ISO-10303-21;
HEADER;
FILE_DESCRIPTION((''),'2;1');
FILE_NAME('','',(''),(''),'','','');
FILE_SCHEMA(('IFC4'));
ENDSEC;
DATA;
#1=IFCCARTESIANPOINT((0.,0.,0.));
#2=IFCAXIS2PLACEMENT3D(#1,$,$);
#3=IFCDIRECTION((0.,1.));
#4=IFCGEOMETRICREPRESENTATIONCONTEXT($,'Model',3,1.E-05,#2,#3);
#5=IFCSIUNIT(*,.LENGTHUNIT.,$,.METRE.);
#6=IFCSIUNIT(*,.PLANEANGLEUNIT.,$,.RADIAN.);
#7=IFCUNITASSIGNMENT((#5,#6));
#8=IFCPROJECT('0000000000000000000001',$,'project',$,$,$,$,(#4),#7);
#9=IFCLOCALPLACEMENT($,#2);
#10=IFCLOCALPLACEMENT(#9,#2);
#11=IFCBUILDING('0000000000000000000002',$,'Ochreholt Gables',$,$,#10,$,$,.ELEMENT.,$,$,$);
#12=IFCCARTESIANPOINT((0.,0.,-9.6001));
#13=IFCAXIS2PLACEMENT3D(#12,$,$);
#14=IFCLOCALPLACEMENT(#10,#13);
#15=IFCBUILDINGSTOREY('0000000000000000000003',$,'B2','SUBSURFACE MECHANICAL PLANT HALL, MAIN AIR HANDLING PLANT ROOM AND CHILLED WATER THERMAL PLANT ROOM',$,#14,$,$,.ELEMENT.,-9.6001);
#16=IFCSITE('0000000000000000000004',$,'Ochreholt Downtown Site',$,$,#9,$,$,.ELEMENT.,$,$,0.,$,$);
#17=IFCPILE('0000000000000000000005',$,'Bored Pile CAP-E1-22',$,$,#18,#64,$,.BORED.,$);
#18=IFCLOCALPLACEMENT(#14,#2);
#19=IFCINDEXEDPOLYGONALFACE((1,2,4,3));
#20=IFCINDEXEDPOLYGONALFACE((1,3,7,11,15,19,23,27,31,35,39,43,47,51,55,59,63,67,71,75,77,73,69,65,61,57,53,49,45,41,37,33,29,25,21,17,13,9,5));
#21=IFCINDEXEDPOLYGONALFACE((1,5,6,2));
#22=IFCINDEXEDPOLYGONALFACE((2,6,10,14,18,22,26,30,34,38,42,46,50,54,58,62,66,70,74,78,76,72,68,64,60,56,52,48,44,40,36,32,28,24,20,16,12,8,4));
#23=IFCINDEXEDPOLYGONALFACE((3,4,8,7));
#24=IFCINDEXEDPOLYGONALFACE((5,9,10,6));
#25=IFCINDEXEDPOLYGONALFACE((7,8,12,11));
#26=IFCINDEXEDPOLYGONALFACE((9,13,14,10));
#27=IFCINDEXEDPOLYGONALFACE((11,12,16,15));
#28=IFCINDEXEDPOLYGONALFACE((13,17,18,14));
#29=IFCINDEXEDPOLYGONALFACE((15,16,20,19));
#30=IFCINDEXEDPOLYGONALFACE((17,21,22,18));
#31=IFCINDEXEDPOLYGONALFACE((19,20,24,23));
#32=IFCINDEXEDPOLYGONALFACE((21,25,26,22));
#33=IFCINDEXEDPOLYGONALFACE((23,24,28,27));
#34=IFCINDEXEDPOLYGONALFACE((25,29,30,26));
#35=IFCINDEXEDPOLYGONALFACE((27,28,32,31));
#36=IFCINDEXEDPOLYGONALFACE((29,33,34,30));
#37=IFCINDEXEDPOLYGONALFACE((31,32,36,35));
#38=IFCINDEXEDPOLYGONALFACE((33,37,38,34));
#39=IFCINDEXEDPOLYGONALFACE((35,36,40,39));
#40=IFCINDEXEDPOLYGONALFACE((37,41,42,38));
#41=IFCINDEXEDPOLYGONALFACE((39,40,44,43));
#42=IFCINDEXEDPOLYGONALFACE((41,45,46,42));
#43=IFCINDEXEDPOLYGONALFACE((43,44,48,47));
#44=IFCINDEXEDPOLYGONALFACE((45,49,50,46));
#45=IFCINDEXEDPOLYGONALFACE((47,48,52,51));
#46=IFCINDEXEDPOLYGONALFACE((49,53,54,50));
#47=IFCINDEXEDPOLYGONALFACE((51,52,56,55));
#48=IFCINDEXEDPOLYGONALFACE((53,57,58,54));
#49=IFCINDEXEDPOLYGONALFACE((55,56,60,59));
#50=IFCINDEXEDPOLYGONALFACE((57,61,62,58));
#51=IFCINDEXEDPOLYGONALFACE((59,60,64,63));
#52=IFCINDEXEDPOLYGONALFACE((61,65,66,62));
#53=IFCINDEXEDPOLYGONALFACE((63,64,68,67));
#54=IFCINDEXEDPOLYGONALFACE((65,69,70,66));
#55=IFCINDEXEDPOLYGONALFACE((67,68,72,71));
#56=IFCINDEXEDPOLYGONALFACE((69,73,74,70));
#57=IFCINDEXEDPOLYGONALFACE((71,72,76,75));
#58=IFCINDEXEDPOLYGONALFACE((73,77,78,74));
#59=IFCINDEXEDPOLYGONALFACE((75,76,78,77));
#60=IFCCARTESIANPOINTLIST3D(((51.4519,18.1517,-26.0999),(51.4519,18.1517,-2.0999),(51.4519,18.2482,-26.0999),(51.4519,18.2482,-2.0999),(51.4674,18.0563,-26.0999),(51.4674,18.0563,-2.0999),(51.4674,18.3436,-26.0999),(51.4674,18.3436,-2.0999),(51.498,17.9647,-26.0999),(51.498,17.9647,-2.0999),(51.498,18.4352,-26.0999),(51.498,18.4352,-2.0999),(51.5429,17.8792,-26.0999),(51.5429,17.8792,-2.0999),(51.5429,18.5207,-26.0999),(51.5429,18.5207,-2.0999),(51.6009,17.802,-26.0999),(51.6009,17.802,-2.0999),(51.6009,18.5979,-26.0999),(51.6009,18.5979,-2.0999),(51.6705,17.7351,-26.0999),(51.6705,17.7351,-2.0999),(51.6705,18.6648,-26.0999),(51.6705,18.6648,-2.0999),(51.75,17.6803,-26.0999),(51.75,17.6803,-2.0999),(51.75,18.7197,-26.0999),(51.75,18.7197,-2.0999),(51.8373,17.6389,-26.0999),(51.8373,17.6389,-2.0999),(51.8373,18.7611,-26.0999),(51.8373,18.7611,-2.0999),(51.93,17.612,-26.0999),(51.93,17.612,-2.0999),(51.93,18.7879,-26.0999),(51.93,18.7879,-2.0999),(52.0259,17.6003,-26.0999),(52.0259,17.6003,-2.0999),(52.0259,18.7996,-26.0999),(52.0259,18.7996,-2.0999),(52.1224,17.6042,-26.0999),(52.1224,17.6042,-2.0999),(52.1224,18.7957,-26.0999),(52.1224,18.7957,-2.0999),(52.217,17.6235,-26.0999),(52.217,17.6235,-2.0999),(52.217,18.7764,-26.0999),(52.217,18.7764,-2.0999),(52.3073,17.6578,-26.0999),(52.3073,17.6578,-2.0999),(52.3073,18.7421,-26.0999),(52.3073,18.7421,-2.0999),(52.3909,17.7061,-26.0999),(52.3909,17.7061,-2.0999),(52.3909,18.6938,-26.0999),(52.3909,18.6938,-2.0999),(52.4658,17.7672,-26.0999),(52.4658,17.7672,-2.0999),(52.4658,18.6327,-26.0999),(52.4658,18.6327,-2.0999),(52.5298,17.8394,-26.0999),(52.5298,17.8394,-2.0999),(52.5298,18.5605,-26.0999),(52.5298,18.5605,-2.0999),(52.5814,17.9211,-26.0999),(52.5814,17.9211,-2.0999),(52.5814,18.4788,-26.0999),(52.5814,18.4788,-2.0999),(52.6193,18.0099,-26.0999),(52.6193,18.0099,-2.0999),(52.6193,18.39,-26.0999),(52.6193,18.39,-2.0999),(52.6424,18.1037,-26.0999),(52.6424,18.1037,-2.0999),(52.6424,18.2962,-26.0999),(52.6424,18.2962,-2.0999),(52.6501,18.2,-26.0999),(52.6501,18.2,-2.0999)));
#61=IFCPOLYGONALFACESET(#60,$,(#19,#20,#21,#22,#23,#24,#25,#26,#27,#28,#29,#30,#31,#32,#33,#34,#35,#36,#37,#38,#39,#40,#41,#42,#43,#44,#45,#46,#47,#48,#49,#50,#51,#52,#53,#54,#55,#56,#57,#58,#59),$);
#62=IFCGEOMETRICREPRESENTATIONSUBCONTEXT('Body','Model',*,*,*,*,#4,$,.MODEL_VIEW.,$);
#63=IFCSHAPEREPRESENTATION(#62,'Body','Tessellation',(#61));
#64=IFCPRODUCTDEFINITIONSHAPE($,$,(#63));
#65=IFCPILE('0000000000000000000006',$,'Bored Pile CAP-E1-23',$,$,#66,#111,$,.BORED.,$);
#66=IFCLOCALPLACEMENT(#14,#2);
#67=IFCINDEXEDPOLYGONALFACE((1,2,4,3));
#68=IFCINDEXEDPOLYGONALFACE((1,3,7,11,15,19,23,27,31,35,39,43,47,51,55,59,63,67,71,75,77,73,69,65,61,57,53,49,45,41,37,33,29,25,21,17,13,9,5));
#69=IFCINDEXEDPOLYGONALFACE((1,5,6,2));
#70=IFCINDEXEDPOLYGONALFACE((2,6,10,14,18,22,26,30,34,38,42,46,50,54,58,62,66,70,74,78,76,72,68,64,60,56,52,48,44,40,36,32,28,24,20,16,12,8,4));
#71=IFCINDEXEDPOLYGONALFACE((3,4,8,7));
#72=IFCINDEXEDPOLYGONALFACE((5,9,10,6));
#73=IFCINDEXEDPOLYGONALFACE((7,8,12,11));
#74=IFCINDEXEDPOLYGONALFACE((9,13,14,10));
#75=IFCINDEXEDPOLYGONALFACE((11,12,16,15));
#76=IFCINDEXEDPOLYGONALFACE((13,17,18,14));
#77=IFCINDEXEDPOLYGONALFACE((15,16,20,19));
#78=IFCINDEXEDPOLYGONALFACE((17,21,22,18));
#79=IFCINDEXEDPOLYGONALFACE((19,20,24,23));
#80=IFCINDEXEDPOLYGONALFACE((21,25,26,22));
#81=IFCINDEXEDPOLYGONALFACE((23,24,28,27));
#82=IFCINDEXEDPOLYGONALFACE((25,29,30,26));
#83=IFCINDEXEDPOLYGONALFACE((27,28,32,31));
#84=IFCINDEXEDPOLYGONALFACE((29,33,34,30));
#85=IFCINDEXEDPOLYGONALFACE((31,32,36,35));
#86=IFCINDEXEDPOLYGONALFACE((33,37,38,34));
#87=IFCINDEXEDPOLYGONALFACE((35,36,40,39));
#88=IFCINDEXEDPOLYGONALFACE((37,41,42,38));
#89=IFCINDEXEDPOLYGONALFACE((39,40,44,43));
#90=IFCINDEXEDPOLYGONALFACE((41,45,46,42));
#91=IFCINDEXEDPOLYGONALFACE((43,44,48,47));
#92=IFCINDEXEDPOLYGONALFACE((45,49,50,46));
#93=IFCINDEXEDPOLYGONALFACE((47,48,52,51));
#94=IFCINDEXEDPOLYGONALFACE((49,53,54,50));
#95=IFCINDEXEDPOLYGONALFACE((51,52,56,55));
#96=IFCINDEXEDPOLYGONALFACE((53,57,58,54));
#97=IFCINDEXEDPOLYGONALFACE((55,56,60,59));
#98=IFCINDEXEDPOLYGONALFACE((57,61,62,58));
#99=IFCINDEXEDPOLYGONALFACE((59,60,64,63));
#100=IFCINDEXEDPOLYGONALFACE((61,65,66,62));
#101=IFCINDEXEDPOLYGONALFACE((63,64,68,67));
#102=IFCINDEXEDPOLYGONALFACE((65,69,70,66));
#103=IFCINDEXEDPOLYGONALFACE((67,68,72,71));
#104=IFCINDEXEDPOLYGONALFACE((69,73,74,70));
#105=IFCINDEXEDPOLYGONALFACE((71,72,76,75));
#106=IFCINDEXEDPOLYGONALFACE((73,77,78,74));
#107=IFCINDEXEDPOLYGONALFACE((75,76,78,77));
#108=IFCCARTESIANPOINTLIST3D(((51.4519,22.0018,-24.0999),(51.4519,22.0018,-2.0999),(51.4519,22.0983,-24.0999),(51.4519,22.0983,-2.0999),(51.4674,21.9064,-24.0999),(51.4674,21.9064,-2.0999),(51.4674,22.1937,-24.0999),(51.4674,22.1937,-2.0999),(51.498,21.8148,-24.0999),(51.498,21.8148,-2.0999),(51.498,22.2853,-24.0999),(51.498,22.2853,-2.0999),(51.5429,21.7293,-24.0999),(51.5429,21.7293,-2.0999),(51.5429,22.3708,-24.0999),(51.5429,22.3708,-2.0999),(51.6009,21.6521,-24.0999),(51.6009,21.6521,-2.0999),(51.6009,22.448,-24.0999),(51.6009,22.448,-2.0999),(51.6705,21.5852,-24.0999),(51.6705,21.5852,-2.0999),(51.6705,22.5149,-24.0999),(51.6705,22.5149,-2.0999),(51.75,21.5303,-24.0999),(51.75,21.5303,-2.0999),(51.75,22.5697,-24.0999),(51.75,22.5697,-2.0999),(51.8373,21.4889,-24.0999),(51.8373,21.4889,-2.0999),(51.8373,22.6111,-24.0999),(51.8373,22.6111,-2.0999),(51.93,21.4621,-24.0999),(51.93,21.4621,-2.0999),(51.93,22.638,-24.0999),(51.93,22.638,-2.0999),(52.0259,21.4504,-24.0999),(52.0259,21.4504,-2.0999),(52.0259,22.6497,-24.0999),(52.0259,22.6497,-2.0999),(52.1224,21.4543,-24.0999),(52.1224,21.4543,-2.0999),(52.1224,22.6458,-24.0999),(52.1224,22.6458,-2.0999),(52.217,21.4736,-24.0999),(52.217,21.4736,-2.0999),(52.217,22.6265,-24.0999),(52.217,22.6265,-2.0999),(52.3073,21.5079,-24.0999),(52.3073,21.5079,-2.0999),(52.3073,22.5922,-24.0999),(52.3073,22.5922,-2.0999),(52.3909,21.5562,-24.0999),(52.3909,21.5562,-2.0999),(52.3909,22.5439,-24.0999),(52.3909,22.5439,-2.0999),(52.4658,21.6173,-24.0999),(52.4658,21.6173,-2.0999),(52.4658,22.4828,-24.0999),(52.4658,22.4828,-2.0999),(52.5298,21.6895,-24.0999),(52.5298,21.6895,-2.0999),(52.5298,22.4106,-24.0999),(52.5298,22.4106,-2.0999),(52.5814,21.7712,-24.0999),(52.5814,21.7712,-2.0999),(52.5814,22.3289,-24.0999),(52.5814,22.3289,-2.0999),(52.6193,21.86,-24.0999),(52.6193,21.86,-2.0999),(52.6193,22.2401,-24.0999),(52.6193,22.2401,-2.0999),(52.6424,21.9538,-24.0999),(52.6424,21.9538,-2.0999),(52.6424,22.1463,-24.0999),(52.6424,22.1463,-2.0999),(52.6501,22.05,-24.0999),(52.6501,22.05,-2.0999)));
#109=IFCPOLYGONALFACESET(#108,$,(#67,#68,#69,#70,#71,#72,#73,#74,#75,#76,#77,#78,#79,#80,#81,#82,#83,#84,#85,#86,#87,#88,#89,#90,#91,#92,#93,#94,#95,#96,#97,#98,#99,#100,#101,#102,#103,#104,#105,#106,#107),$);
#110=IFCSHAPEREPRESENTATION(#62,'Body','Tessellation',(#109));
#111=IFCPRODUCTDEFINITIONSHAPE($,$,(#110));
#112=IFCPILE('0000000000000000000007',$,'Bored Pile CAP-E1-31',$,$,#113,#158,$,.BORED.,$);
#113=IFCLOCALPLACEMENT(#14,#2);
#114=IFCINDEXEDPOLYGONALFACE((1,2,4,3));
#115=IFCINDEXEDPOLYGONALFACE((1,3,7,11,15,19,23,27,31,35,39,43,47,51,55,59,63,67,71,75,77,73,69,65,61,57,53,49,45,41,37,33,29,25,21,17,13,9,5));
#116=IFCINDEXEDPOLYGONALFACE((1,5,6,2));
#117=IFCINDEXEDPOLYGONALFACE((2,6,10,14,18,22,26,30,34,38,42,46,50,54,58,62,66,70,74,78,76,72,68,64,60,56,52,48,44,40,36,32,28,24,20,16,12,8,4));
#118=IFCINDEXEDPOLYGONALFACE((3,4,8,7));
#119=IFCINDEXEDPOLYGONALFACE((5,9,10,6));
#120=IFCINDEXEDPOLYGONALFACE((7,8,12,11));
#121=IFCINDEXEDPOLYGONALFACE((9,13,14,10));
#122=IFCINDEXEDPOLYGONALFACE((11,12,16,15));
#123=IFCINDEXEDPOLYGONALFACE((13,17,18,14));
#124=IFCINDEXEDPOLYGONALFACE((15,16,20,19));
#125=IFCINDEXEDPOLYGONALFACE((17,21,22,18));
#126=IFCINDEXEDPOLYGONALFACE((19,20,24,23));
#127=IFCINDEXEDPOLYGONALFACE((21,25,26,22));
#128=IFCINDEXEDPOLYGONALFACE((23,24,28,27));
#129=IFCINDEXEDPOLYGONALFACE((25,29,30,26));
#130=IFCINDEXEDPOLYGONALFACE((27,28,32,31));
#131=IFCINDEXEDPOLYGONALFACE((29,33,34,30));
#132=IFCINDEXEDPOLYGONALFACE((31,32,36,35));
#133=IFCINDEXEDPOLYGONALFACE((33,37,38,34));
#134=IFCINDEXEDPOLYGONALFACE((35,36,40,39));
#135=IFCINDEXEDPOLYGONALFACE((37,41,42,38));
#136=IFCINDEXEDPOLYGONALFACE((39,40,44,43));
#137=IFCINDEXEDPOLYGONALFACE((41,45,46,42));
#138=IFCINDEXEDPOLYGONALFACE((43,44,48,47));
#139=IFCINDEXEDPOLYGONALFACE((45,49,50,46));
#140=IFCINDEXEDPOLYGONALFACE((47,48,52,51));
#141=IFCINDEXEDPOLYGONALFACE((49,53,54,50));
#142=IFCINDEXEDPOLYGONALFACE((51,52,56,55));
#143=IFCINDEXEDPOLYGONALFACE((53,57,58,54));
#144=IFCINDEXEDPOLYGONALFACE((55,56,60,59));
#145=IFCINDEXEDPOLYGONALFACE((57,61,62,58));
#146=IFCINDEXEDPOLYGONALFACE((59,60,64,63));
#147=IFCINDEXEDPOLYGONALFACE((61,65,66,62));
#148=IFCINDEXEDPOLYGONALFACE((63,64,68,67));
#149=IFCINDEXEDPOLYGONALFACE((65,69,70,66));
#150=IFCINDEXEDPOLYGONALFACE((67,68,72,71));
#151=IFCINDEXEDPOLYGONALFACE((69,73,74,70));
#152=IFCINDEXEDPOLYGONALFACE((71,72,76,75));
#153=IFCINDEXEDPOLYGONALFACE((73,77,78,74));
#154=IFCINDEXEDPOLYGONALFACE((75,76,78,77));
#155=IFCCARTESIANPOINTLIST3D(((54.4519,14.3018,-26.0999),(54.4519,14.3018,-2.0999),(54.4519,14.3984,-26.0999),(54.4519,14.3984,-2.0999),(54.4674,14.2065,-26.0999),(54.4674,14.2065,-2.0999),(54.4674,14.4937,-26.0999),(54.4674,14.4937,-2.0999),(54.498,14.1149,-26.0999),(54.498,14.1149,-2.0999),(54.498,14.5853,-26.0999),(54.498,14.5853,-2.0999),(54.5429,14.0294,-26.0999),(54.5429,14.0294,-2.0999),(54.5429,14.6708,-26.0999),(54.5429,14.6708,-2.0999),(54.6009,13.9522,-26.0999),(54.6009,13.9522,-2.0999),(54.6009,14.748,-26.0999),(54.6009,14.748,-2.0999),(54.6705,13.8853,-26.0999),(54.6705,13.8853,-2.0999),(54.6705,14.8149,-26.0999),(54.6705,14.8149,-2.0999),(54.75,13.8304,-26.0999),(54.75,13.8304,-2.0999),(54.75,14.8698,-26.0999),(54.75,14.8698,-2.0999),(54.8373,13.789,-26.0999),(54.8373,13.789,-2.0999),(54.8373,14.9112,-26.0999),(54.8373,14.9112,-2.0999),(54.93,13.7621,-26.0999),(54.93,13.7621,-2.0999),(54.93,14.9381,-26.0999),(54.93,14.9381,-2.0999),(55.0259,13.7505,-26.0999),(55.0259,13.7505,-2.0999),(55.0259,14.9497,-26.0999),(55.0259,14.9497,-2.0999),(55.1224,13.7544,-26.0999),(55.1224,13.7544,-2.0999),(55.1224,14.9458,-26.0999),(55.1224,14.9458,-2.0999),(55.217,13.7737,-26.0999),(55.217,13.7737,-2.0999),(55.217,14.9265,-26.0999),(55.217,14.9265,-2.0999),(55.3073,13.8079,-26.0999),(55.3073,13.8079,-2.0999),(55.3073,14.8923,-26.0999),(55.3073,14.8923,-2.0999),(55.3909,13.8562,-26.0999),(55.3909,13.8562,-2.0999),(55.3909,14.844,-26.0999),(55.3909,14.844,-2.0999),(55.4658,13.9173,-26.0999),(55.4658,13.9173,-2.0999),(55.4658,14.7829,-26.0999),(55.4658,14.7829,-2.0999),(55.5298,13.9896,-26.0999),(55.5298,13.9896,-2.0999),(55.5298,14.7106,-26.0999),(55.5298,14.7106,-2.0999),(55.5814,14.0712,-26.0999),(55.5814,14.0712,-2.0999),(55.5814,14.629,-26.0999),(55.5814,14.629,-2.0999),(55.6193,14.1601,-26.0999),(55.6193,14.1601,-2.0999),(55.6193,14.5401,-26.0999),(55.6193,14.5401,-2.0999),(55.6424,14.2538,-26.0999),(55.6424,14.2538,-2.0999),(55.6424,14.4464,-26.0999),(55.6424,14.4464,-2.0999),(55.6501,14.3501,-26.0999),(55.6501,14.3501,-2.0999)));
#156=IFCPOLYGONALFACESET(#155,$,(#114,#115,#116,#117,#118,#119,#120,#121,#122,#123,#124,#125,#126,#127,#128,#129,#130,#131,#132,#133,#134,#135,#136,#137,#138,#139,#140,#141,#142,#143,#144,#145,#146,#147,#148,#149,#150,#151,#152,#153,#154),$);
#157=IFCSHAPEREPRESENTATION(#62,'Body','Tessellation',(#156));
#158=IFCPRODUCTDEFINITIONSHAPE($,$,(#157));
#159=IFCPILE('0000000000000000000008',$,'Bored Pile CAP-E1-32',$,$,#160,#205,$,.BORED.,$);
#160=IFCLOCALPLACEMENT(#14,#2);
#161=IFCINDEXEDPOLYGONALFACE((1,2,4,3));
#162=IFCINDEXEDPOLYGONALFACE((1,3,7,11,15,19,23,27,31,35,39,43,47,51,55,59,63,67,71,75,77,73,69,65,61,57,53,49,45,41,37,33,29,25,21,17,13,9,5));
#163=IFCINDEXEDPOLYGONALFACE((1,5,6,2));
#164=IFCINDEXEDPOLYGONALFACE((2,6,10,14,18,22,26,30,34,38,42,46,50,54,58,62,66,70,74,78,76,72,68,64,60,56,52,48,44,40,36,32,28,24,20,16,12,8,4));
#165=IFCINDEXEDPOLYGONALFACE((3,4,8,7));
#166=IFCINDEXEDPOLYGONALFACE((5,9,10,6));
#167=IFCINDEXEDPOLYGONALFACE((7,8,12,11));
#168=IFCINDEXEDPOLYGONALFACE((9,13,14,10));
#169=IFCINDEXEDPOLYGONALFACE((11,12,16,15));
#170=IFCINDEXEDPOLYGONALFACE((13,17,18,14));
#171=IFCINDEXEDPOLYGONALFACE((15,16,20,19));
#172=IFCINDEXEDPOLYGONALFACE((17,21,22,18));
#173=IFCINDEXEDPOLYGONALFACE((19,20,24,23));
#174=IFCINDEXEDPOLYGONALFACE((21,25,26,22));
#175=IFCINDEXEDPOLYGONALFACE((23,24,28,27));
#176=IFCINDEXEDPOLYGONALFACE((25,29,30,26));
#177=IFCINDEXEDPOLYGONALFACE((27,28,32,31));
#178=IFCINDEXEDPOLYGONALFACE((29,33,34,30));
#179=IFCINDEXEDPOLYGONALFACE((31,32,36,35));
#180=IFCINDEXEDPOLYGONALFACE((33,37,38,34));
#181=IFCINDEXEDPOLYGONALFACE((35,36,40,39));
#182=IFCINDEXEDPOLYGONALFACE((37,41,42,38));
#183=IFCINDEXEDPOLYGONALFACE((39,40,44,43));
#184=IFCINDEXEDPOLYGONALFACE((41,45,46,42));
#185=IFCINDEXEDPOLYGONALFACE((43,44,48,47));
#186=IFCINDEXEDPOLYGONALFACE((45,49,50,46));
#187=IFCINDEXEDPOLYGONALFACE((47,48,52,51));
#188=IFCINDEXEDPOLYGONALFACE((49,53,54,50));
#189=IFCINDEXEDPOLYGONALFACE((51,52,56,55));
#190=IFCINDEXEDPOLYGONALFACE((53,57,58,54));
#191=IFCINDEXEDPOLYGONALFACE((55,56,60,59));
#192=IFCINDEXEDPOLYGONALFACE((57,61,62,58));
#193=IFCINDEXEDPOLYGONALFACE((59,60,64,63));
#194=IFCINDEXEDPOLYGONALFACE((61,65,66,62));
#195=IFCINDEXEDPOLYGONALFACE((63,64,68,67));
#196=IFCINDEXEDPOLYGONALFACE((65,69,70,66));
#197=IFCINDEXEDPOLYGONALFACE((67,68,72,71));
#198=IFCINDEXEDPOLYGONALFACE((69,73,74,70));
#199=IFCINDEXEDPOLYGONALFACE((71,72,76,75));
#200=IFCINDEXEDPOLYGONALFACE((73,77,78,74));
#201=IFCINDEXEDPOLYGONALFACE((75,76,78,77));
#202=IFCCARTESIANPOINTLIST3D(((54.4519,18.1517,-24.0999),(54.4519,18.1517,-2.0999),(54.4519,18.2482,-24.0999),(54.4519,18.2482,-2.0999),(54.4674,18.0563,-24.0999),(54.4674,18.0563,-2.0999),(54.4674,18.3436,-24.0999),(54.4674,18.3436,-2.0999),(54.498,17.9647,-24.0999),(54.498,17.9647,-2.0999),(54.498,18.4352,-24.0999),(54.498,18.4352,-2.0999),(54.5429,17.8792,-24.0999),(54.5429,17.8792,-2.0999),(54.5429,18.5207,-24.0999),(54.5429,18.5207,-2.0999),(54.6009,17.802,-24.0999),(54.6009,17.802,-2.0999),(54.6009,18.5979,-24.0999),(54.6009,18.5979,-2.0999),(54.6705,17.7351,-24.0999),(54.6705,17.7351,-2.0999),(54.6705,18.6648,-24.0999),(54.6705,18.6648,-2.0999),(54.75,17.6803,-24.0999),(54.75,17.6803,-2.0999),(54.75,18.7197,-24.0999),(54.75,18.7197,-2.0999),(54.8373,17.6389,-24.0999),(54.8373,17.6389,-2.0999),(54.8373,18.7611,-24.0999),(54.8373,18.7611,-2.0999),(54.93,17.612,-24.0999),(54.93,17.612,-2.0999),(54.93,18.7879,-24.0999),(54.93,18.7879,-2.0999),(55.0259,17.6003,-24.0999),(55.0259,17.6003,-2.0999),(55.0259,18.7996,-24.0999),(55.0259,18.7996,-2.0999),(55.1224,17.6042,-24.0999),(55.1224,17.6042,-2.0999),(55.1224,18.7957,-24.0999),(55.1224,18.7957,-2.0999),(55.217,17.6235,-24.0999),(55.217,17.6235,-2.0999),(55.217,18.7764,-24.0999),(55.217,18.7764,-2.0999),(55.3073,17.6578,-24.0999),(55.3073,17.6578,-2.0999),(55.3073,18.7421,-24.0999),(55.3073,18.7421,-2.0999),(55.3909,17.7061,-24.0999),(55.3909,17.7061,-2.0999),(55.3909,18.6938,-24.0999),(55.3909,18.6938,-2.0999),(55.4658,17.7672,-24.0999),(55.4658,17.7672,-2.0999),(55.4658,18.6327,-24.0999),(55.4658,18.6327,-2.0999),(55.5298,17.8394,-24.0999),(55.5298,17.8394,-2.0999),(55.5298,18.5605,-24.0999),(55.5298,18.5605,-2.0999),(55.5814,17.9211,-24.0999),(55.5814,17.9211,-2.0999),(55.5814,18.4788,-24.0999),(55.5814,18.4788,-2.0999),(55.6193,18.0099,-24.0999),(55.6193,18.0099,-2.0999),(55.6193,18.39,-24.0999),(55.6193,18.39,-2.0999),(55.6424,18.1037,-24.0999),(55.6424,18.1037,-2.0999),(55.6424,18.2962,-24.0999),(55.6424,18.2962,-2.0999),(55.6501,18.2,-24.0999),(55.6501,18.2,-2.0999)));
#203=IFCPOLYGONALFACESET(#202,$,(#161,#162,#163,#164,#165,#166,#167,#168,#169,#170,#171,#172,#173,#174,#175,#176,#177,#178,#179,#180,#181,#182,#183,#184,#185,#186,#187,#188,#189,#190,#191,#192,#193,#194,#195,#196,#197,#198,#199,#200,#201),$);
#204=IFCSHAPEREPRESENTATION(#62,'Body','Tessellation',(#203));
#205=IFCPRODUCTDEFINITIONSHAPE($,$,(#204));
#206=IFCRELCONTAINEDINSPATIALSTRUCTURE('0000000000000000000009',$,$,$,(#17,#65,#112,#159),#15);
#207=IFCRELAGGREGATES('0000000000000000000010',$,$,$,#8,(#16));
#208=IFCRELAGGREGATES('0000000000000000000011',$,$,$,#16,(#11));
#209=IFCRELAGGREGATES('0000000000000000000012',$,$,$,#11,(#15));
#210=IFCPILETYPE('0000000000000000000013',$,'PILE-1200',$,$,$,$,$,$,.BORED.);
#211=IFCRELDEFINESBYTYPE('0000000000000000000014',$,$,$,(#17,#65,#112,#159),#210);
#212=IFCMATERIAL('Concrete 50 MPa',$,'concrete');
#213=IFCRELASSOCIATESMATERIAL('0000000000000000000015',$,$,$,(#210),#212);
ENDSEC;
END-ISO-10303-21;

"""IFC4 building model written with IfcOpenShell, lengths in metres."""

from ifc_helpers import new_model, si_unit, direction, frame, origin, origin_2d, place, context, subcontext, project, spatial, circle, extrude, material, material_profile, profile_set, type_object, element, save


model = new_model("IFC4")

# Units and contexts
model_context = context("Model", 3, precision=1e-05, world=origin(), true_north=direction((0.0, 1.0)))
body_context = subcontext(model_context, "Body", "Model", "MODEL_VIEW")
ifc_project = project(units=[si_unit("LENGTHUNIT", "METRE"), si_unit("PLANEANGLEUNIT", "RADIAN")], contexts=[model_context])

# Site, building, storey
site_placement = place(None, origin())
site = spatial("IfcSite", under=ifc_project, at=site_placement, Name="Ochreholt Downtown Site", CompositionType="ELEMENT", RefElevation=0.0)
building_placement = place(site_placement, origin())
building = spatial("IfcBuilding", under=site, at=building_placement, Name="Ochreholt Gables", CompositionType="ELEMENT")
storey_placement = place(building_placement, frame((0.0, 0.0, -9.6001)))
storey = spatial("IfcBuildingStorey", under=building, at=storey_placement, Name="B2", Description="SUBSURFACE MECHANICAL PLANT HALL, MAIN AIR HANDLING PLANT ROOM AND CHILLED WATER THERMAL PLANT ROOM", CompositionType="ELEMENT", Elevation=-9.6001)

# Shared definitions
ifc_material_1 = material(Name="Concrete 50 MPa", Category="concrete")

# Piles
ifc_material_profile_1 = material_profile(ifc_material_1, circle(Radius=0.6001, at=origin_2d()), Name="PILE1200")
ifc_profile_set_1 = profile_set([ifc_material_profile_1], Name="Concrete 50 MPa")
pile_type = type_object("IfcPileType", Name="PILE-1200", PredefinedType="BORED", material=ifc_profile_set_1)
pile_1_placement = place(storey_placement, frame((52.05, 18.2, -2.0999), z_axis=(0.0, 0.0, -1.0), x_axis=(1.0, 0.0, 0.0)))
element("IfcPile", 1, at=pile_1_placement, inside=storey, type_object=pile_type, Name="Bored Pile CAP-E1-22", PredefinedType="BORED", context=body_context, shape_type="SweptSolid", body=[
    extrude(circle(Radius=0.6001, at=origin_2d()), origin(), (0.0, 0.0, 1.0), 24.0),
])
pile_2_placement = place(storey_placement, frame((52.05, 22.05, -2.0999), z_axis=(0.0, 0.0, -1.0), x_axis=(1.0, 0.0, 0.0)))
element("IfcPile", 2, at=pile_2_placement, inside=storey, type_object=pile_type, Name="Bored Pile CAP-E1-23", PredefinedType="BORED", context=body_context, shape_type="SweptSolid", body=[
    extrude(circle(Radius=0.6001, at=origin_2d()), origin(), (0.0, 0.0, 1.0), 22.0),
])
pile_3_placement = place(storey_placement, frame((55.05, 14.3501, -2.0999), z_axis=(0.0, 0.0, -1.0), x_axis=(1.0, 0.0, 0.0)))
element("IfcPile", 3, at=pile_3_placement, inside=storey, type_object=pile_type, Name="Bored Pile CAP-E1-31", PredefinedType="BORED", context=body_context, shape_type="SweptSolid", body=[
    extrude(circle(Radius=0.6001, at=origin_2d()), origin(), (0.0, 0.0, 1.0), 24.0),
])
pile_4_placement = place(storey_placement, frame((55.05, 18.2, -2.0999), z_axis=(0.0, 0.0, -1.0), x_axis=(1.0, 0.0, 0.0)))
element("IfcPile", 4, at=pile_4_placement, inside=storey, type_object=pile_type, Name="Bored Pile CAP-E1-32", PredefinedType="BORED", context=body_context, shape_type="SweptSolid", body=[
    extrude(circle(Radius=0.6001, at=origin_2d()), origin(), (0.0, 0.0, 1.0), 22.0),
])

save(model, "model.ifc")
